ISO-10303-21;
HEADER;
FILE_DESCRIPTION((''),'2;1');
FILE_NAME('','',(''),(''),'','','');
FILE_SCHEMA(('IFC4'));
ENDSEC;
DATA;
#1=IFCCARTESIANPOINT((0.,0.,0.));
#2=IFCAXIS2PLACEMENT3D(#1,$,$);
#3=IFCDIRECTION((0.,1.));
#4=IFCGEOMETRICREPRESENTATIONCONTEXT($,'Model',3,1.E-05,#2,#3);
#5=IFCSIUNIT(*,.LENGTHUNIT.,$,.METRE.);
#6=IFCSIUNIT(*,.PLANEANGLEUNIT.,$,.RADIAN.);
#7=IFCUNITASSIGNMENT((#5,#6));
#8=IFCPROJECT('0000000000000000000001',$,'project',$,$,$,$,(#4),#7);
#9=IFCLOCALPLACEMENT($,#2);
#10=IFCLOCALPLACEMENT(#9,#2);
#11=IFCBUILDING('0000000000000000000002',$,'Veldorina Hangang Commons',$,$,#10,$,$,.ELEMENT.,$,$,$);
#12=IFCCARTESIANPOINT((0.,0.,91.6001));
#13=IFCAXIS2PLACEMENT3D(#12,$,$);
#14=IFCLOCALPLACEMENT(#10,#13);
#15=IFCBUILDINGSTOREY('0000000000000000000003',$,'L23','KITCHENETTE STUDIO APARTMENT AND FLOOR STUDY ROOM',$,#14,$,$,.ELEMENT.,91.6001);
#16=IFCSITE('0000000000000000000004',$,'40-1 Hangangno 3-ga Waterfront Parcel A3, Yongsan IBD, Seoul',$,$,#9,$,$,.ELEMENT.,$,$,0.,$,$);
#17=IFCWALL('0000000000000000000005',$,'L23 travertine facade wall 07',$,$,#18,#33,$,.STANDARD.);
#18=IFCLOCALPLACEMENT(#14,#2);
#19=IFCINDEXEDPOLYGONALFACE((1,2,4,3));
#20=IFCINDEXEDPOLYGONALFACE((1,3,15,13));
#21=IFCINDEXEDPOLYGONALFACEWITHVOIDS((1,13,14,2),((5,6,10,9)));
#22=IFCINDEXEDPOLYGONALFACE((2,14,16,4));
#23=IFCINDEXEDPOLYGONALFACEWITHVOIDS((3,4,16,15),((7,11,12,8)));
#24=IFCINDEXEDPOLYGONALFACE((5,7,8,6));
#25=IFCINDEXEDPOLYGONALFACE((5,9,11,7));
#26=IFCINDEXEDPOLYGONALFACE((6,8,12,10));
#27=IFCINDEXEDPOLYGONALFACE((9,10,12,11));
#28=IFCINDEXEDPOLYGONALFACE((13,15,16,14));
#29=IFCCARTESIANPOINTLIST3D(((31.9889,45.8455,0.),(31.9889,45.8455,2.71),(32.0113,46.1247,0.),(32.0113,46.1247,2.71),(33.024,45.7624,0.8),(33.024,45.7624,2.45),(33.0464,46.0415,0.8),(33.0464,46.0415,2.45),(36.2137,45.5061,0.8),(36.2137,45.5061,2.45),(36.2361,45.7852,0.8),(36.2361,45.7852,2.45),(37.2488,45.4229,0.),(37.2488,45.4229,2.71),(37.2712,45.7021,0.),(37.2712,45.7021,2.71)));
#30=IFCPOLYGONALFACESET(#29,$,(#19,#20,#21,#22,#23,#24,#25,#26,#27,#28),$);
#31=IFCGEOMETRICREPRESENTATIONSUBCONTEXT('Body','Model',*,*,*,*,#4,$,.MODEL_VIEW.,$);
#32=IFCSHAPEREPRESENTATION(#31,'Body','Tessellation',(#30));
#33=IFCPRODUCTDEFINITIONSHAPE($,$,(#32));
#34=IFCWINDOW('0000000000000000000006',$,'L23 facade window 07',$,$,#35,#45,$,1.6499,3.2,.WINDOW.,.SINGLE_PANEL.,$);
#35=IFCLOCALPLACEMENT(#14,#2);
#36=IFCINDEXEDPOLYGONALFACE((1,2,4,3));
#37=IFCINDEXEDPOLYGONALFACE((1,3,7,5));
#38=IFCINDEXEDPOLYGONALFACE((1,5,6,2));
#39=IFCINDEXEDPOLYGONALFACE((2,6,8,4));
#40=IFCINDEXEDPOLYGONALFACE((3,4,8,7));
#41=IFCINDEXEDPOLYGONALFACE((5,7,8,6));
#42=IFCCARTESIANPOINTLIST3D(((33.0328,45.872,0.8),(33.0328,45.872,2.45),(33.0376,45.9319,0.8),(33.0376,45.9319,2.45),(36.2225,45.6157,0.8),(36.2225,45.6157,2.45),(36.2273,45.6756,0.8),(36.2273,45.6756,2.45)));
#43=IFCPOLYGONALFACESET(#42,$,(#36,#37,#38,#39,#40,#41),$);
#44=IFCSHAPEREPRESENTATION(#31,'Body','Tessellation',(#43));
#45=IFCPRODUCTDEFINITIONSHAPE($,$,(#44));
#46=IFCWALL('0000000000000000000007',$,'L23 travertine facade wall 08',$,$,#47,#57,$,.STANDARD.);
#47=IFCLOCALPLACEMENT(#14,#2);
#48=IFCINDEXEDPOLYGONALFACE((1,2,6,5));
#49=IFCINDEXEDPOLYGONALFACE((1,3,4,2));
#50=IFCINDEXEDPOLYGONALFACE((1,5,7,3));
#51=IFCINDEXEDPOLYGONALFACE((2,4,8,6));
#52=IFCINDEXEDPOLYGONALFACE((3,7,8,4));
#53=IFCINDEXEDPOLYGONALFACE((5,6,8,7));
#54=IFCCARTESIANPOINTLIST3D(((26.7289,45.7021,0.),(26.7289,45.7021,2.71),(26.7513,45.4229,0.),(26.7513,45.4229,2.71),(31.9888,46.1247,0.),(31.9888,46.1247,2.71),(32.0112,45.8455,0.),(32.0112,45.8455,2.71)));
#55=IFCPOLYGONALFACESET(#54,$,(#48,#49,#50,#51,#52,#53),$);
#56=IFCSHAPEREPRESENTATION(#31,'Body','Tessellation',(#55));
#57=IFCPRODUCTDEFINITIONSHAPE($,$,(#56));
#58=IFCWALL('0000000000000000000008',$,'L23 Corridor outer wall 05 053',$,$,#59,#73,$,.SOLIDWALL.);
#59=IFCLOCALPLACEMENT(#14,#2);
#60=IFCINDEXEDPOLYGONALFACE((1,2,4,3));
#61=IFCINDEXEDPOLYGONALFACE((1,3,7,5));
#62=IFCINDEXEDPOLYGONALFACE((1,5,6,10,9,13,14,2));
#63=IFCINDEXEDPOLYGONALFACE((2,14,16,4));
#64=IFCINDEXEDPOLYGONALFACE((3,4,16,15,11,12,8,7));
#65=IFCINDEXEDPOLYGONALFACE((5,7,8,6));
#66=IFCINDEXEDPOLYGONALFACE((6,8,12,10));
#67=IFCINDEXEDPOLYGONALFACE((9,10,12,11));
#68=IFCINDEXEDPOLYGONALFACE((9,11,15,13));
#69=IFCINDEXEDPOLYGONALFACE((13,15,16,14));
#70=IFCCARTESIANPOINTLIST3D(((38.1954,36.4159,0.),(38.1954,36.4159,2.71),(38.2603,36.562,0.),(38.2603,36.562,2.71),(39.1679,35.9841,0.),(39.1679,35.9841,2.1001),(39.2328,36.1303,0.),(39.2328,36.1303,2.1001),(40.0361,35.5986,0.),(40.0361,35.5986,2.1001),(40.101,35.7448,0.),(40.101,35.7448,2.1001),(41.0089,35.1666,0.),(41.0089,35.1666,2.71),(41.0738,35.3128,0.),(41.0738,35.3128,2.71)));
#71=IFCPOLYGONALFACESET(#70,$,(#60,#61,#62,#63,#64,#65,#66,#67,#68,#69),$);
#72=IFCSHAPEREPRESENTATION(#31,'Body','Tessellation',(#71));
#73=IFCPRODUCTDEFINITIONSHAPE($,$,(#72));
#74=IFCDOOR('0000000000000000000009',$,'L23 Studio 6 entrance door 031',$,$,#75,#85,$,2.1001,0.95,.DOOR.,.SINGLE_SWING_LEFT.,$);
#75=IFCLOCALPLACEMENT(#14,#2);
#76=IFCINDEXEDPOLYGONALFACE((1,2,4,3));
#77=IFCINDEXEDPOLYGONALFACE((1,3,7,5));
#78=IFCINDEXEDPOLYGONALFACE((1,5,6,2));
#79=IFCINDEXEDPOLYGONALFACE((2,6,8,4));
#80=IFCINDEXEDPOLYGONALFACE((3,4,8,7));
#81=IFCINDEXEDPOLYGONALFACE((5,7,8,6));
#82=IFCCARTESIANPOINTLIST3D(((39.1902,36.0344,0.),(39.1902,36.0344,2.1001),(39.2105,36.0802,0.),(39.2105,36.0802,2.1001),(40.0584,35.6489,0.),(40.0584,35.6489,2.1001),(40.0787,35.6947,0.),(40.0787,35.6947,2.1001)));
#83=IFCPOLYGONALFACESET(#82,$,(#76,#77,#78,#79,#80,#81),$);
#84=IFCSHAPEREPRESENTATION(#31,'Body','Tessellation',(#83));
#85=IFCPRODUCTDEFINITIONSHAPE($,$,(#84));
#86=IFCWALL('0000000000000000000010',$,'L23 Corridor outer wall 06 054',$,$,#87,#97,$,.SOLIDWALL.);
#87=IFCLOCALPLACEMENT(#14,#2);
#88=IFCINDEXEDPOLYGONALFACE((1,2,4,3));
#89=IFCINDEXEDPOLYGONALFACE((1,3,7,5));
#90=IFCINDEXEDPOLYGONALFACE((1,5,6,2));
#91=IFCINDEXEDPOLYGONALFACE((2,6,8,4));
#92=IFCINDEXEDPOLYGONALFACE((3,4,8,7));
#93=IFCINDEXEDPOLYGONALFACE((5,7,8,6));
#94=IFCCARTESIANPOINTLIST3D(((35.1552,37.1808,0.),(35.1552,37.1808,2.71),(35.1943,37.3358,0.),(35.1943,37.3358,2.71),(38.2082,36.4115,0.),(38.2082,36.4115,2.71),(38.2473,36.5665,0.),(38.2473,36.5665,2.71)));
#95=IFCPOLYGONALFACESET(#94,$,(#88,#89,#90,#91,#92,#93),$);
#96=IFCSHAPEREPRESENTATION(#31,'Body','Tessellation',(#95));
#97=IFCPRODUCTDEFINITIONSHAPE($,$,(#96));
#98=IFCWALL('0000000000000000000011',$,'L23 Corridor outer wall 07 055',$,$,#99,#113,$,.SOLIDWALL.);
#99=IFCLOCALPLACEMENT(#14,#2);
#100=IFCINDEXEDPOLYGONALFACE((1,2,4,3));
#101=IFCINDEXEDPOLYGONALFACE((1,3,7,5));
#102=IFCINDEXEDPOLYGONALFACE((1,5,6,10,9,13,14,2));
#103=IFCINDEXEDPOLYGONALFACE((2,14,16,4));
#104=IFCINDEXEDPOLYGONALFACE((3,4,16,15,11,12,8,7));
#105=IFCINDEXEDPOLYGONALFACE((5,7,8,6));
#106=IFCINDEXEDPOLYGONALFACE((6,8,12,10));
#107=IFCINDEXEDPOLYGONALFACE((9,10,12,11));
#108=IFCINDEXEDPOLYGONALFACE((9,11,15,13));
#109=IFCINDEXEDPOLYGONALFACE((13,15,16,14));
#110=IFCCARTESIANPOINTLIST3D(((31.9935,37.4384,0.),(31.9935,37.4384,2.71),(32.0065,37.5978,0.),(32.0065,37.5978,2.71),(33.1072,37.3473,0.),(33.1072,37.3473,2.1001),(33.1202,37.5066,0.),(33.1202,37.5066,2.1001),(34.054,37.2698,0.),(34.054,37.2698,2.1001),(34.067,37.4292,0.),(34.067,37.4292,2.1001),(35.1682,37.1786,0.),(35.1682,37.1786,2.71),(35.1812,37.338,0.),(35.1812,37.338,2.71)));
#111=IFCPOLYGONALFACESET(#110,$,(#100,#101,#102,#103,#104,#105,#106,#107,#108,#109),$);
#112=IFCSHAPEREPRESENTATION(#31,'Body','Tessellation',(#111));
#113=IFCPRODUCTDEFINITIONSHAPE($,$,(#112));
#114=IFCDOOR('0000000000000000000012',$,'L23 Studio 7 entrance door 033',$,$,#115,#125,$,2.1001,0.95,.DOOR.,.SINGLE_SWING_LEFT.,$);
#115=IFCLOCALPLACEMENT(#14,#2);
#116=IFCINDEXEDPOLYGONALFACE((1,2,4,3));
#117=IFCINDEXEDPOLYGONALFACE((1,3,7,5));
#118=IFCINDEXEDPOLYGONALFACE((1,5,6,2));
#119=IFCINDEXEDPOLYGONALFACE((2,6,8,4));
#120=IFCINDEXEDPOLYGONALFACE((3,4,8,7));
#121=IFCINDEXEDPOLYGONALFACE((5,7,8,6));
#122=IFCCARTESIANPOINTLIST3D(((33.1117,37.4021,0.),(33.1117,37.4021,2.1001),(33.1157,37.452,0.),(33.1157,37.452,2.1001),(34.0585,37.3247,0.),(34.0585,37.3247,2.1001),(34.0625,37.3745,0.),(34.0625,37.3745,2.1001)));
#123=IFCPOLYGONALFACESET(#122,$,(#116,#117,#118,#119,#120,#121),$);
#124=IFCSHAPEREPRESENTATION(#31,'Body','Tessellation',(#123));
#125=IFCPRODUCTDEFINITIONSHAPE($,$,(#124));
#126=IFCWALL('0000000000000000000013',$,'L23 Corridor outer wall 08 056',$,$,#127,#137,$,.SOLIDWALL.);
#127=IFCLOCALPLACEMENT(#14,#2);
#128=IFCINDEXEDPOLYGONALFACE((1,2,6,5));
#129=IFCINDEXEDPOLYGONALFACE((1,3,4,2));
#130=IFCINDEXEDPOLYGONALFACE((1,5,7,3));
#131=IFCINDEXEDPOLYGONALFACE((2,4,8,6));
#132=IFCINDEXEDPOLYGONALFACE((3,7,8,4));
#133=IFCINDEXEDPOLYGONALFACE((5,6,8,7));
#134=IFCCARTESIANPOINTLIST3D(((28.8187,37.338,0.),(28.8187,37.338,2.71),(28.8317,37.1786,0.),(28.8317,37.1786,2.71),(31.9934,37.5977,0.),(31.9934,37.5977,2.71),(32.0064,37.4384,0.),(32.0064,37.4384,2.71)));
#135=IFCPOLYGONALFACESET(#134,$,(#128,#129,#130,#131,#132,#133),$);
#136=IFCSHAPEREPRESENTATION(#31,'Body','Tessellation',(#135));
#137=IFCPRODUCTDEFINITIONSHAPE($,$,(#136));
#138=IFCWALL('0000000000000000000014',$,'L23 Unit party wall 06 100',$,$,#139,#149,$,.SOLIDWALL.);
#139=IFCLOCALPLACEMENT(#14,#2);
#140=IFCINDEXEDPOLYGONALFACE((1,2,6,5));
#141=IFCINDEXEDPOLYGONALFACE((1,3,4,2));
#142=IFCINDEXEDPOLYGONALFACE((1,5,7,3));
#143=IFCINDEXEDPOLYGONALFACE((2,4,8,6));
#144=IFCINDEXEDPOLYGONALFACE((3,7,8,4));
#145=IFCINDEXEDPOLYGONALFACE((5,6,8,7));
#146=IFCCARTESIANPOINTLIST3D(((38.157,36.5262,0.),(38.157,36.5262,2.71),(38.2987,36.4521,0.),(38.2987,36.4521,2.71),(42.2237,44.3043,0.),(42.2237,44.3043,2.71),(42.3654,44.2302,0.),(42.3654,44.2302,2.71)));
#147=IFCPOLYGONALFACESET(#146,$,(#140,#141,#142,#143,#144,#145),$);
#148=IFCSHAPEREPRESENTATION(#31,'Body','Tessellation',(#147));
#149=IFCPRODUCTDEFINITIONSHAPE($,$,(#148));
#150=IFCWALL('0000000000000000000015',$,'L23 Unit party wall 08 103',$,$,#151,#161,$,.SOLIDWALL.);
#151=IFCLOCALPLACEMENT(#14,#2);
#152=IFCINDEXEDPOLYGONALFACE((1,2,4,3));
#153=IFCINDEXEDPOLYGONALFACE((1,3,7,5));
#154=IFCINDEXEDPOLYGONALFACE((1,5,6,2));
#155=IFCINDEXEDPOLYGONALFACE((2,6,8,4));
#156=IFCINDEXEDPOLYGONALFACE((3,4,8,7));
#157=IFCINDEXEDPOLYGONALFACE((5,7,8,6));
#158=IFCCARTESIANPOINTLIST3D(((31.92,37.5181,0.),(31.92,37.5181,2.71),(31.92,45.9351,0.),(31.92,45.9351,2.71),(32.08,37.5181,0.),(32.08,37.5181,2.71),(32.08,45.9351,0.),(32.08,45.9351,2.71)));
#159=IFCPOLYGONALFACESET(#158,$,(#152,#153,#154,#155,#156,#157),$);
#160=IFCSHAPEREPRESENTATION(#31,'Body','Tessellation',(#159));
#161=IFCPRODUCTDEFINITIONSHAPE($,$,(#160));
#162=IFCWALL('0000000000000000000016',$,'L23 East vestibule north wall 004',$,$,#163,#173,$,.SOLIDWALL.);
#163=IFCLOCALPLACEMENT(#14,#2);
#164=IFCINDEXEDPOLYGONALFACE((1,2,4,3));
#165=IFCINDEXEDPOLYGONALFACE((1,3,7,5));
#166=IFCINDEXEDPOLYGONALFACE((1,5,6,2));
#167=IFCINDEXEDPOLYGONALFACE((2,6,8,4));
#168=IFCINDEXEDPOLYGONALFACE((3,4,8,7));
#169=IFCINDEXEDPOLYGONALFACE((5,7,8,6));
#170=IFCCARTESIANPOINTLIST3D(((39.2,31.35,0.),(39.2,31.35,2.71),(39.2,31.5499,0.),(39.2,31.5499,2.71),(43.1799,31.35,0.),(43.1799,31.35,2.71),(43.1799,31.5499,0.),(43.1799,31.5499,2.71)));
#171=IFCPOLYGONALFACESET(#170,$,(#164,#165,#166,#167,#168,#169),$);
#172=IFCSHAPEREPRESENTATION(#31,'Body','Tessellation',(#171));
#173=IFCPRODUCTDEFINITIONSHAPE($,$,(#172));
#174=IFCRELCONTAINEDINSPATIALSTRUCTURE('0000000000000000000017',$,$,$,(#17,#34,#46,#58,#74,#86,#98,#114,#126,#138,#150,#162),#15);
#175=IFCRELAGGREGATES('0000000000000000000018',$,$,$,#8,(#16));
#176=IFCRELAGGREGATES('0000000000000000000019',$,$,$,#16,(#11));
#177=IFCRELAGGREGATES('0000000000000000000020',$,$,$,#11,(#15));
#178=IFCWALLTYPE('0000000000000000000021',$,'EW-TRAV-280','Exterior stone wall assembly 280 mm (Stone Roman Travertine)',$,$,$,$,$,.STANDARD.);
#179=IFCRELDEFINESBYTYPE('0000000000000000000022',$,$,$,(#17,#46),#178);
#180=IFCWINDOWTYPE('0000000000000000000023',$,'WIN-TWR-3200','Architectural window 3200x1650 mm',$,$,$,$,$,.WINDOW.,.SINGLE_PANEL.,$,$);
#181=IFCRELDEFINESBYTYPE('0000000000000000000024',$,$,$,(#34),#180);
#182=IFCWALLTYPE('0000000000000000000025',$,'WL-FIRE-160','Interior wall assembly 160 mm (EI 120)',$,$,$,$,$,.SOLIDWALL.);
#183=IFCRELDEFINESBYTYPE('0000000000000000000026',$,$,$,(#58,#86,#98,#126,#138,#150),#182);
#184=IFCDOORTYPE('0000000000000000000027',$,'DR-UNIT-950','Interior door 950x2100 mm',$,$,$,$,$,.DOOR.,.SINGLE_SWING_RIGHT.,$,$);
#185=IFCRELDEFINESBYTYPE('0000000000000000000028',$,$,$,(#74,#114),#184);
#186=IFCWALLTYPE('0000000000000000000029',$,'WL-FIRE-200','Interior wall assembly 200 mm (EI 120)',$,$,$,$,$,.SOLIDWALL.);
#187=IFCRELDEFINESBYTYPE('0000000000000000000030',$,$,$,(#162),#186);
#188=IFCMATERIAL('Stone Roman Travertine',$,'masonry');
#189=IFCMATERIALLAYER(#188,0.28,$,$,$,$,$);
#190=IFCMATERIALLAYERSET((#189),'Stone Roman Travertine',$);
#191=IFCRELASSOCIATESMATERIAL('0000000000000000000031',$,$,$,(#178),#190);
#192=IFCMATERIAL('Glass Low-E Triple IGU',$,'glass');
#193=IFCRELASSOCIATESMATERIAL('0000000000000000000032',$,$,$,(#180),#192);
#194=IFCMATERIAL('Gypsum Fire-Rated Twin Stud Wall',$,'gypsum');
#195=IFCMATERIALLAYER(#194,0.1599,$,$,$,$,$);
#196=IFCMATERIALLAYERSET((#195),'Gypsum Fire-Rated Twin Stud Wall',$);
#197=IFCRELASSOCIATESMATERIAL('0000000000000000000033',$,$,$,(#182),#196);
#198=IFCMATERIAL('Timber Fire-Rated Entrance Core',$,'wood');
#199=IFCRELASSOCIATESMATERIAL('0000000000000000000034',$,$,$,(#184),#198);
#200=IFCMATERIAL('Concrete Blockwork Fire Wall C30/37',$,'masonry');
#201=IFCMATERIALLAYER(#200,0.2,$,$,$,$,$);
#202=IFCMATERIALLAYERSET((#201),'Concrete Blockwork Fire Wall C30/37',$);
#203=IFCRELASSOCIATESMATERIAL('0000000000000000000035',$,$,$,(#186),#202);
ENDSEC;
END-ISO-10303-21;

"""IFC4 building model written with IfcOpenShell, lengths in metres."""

from ifc_helpers import new_model, si_unit, direction, frame, frame_2d, origin, place, context, subcontext, project, spatial, rectangle, extrude, material, layer, layer_set, type_object, element, fill, save


model = new_model("IFC4")

# Units and contexts
model_context = context("Model", 3, precision=1e-05, world=origin(), true_north=direction((0.0, 1.0)))
body_context = subcontext(model_context, "Body", "Model", "MODEL_VIEW")
ifc_project = project(units=[si_unit("LENGTHUNIT", "METRE"), si_unit("PLANEANGLEUNIT", "RADIAN")], contexts=[model_context])

# Site, building, storey
site_placement = place(None, origin())
site = spatial("IfcSite", under=ifc_project, at=site_placement, Name="40-1 Hangangno 3-ga Waterfront Parcel A3, Yongsan IBD, Seoul", CompositionType="ELEMENT", RefElevation=0.0)
building_placement = place(site_placement, origin())
building = spatial("IfcBuilding", under=site, at=building_placement, Name="Veldorina Hangang Commons", CompositionType="ELEMENT")
storey_placement = place(building_placement, frame((0.0, 0.0, 91.6001)))
storey = spatial("IfcBuildingStorey", under=building, at=storey_placement, Name="L23", Description="KITCHENETTE STUDIO APARTMENT AND FLOOR STUDY ROOM", CompositionType="ELEMENT", Elevation=91.6001)

# Shared definitions
ifc_material_1 = material(Name="Stone Roman Travertine", Category="masonry")
ifc_layer_1 = layer(ifc_material_1, 0.28)
ifc_layer_set_1 = layer_set([ifc_layer_1], Name="Stone Roman Travertine")
wall_type_1 = type_object("IfcWallType", Name="EW-TRAV-280", Description="Exterior stone wall assembly 280 mm (Stone Roman Travertine)", PredefinedType="STANDARD", material=ifc_layer_set_1)

# Wall, opening, window
wall_1_placement = place(storey_placement, frame((37.26, 45.5625, 0.0), z_axis=(0.0, 0.0, 1.0), x_axis=(-0.996788, 0.080085, 0.0)))
wall_1 = element("IfcWall", 1, at=wall_1_placement, inside=storey, type_object=wall_type_1, Name="L23 travertine facade wall 07", PredefinedType="STANDARD", context=body_context, shape_type="SweptSolid", body=[
    extrude(rectangle(XDim=5.2769, YDim=0.28, at=frame_2d((2.6384, 0.0))), origin(), (0.0, 0.0, 1.0), 2.71),
])
opening_1_placement = place(wall_1_placement, frame((1.0383, 0.0, 0.8)))
opening_1 = element("IfcOpeningElement", 2, at=opening_1_placement, cuts=wall_1, PredefinedType="OPENING", context=body_context, shape_type="SweptSolid", body=[
    extrude(rectangle(XDim=3.2, YDim=1.6499, at=frame_2d((1.6001, 0.825))), frame((0.0, 0.1499, 0.0), z_axis=(0.0, -1.0, 0.0), x_axis=(1.0, 0.0, 0.0)), (0.0, 0.0, 1.0), 0.3),
])
ifc_material_2 = material(Name="Glass Low-E Triple IGU", Category="glass")
window_type = type_object("IfcWindowType", Name="WIN-TWR-3200", Description="Architectural window 3200x1650 mm", PartitioningType="SINGLE_PANEL", PredefinedType="WINDOW", material=ifc_material_2)
window_placement = place(opening_1_placement, origin())
window = element("IfcWindow", 3, at=window_placement, inside=storey, type_object=window_type, Name="L23 facade window 07", OverallHeight=1.6499, OverallWidth=3.2, PartitioningType="SINGLE_PANEL", PredefinedType="WINDOW", context=body_context, shape_type="SweptSolid", body=[
    extrude(rectangle(XDim=3.2, YDim=1.6499, at=frame_2d((1.6001, 0.825))), frame((0.0, 0.03, 0.0), z_axis=(0.0, -1.0, 0.0), x_axis=(1.0, 0.0, 0.0)), (0.0, 0.0, 1.0), 0.0601),
])
fill(opening_1, window)

# Wall
wall_2_placement = place(storey_placement, frame((32.0, 45.9851, 0.0), z_axis=(0.0, 0.0, 1.0), x_axis=(-0.996788, -0.080085, 0.0)))
element("IfcWall", 4, at=wall_2_placement, inside=storey, type_object=wall_type_1, Name="L23 travertine facade wall 08", PredefinedType="STANDARD", context=body_context, shape_type="SweptSolid", body=[
    extrude(rectangle(XDim=5.2769, YDim=0.28, at=frame_2d((2.6384, 0.0))), origin(), (0.0, 0.0, 1.0), 2.71),
])

# Wall, opening, door
ifc_material_3 = material(Name="Gypsum Fire-Rated Twin Stud Wall", Category="gypsum")
ifc_layer_2 = layer(ifc_material_3, 0.1599)
ifc_layer_set_2 = layer_set([ifc_layer_2], Name="Gypsum Fire-Rated Twin Stud Wall")
wall_type_2 = type_object("IfcWallType", Name="WL-FIRE-160", Description="Interior wall assembly 160 mm (EI 120)", PredefinedType="SOLIDWALL", material=ifc_layer_set_2)
wall_3_placement = place(storey_placement, frame((41.0413, 35.2397, 0.0), z_axis=(0.0, 0.0, 1.0), x_axis=(-0.913952, 0.405822, 0.0)))
wall_3 = element("IfcWall", 5, at=wall_3_placement, inside=storey, type_object=wall_type_2, Name="L23 Corridor outer wall 05 053", PredefinedType="SOLIDWALL", context=body_context, shape_type="SweptSolid", body=[
    extrude(rectangle(XDim=3.0784, YDim=0.1599, at=frame_2d((1.5391, 0.0))), origin(), (0.0, 0.0, 1.0), 2.71),
])
opening_2_placement = place(wall_3_placement, frame((1.0642, 0.0, 0.0)))
opening_2 = element("IfcOpeningElement", 6, at=opening_2_placement, cuts=wall_3, PredefinedType="OPENING", context=body_context, shape_type="SweptSolid", body=[
    extrude(rectangle(XDim=0.95, YDim=2.1001, at=frame_2d((0.4751, 1.05))), frame((0.0, 0.0898, 0.0), z_axis=(0.0, -1.0, 0.0), x_axis=(1.0, 0.0, 0.0)), (0.0, 0.0, 1.0), 0.1799),
])
ifc_material_4 = material(Name="Timber Fire-Rated Entrance Core", Category="wood")
door_type_1 = type_object("IfcDoorType", Name="DR-UNIT-950", Description="Interior door 950x2100 mm", OperationType="SINGLE_SWING_RIGHT", PredefinedType="DOOR", material=ifc_material_4)
door_1_placement = place(opening_2_placement, origin())
door_1 = element("IfcDoor", 7, at=door_1_placement, inside=storey, type_object=door_type_1, Name="L23 Studio 6 entrance door 031", OperationType="SINGLE_SWING_LEFT", OverallHeight=2.1001, OverallWidth=0.95, PredefinedType="DOOR", context=body_context, shape_type="SweptSolid", body=[
    extrude(rectangle(XDim=0.95, YDim=2.1001, at=frame_2d((0.4751, 1.05))), frame((0.0, 0.0249, 0.0), z_axis=(0.0, -1.0, 0.0), x_axis=(1.0, 0.0, 0.0)), (0.0, 0.0, 1.0), 0.05),
])
fill(opening_2, door_1)

# Wall
wall_4_placement = place(storey_placement, frame((38.2278, 36.489, 0.0), z_axis=(0.0, 0.0, 1.0), x_axis=(-0.969689, 0.244342, 0.0)))
element("IfcWall", 8, at=wall_4_placement, inside=storey, type_object=wall_type_2, Name="L23 Corridor outer wall 06 054", PredefinedType="SOLIDWALL", context=body_context, shape_type="SweptSolid", body=[
    extrude(rectangle(XDim=3.1484, YDim=0.1599, at=frame_2d((1.5742, 0.0))), origin(), (0.0, 0.0, 1.0), 2.71),
])

# Wall, opening, door
wall_5_placement = place(storey_placement, frame((35.1748, 37.2583, 0.0), z_axis=(0.0, 0.0, 1.0), x_axis=(-0.996669, 0.081548, 0.0)))
wall_5 = element("IfcWall", 9, at=wall_5_placement, inside=storey, type_object=wall_type_2, Name="L23 Corridor outer wall 07 055", PredefinedType="SOLIDWALL", context=body_context, shape_type="SweptSolid", body=[
    extrude(rectangle(XDim=3.1853, YDim=0.1599, at=frame_2d((1.5928, 0.0))), origin(), (0.0, 0.0, 1.0), 2.71),
])
opening_3_placement = place(wall_5_placement, frame((1.1179, 0.0, 0.0)))
opening_3 = element("IfcOpeningElement", 10, at=opening_3_placement, cuts=wall_5, PredefinedType="OPENING", context=body_context, shape_type="SweptSolid", body=[
    extrude(rectangle(XDim=0.95, YDim=2.1001, at=frame_2d((0.4751, 1.05))), frame((0.0, 0.0898, 0.0), z_axis=(0.0, -1.0, 0.0), x_axis=(1.0, 0.0, 0.0)), (0.0, 0.0, 1.0), 0.1799),
])
door_2_placement = place(opening_3_placement, origin())
door_2 = element("IfcDoor", 11, at=door_2_placement, inside=storey, type_object=door_type_1, Name="L23 Studio 7 entrance door 033", OperationType="SINGLE_SWING_LEFT", OverallHeight=2.1001, OverallWidth=0.95, PredefinedType="DOOR", context=body_context, shape_type="SweptSolid", body=[
    extrude(rectangle(XDim=0.95, YDim=2.1001, at=frame_2d((0.4751, 1.05))), frame((0.0, 0.0249, 0.0), z_axis=(0.0, -1.0, 0.0), x_axis=(1.0, 0.0, 0.0)), (0.0, 0.0, 1.0), 0.05),
])
fill(opening_3, door_2)

# Walls
wall_6_placement = place(storey_placement, frame((32.0, 37.5181, 0.0), z_axis=(0.0, 0.0, 1.0), x_axis=(-0.996669, -0.081548, 0.0)))
element("IfcWall", 12, at=wall_6_placement, inside=storey, type_object=wall_type_2, Name="L23 Corridor outer wall 08 056", PredefinedType="SOLIDWALL", context=body_context, shape_type="SweptSolid", body=[
    extrude(rectangle(XDim=3.1853, YDim=0.1599, at=frame_2d((1.5928, 0.0))), origin(), (0.0, 0.0, 1.0), 2.71),
])
wall_7_placement = place(storey_placement, frame((38.2278, 36.489, 0.0), z_axis=(0.0, 0.0, 1.0), x_axis=(0.463329, 0.886186, 0.0)))
element("IfcWall", 13, at=wall_7_placement, inside=storey, type_object=wall_type_2, Name="L23 Unit party wall 06 100", PredefinedType="SOLIDWALL", context=body_context, shape_type="SweptSolid", body=[
    extrude(rectangle(XDim=8.7771, YDim=0.1599, at=frame_2d((4.3887, 0.0))), origin(), (0.0, 0.0, 1.0), 2.71),
])
wall_8_placement = place(storey_placement, frame((32.0, 37.5181, 0.0), z_axis=(0.0, 0.0, 1.0), x_axis=(0.0, 1.0, 0.0)))
element("IfcWall", 14, at=wall_8_placement, inside=storey, type_object=wall_type_2, Name="L23 Unit party wall 08 103", PredefinedType="SOLIDWALL", context=body_context, shape_type="SweptSolid", body=[
    extrude(rectangle(XDim=8.417, YDim=0.1599, at=frame_2d((4.2085, 0.0))), origin(), (0.0, 0.0, 1.0), 2.71),
])
ifc_material_5 = material(Name="Concrete Blockwork Fire Wall C30/37", Category="masonry")
ifc_layer_3 = layer(ifc_material_5, 0.2)
ifc_layer_set_3 = layer_set([ifc_layer_3], Name="Concrete Blockwork Fire Wall C30/37")
wall_type_3 = type_object("IfcWallType", Name="WL-FIRE-200", Description="Interior wall assembly 200 mm (EI 120)", PredefinedType="SOLIDWALL", material=ifc_layer_set_3)
wall_9_placement = place(storey_placement, frame((39.2, 31.45, 0.0), z_axis=(0.0, 0.0, 1.0), x_axis=(1.0, 0.0, 0.0)))
element("IfcWall", 15, at=wall_9_placement, inside=storey, type_object=wall_type_3, Name="L23 East vestibule north wall 004", PredefinedType="SOLIDWALL", context=body_context, shape_type="SweptSolid", body=[
    extrude(rectangle(XDim=3.98, YDim=0.2, at=frame_2d((1.99, 0.0))), origin(), (0.0, 0.0, 1.0), 2.71),
])

save(model, "model.ifc")
